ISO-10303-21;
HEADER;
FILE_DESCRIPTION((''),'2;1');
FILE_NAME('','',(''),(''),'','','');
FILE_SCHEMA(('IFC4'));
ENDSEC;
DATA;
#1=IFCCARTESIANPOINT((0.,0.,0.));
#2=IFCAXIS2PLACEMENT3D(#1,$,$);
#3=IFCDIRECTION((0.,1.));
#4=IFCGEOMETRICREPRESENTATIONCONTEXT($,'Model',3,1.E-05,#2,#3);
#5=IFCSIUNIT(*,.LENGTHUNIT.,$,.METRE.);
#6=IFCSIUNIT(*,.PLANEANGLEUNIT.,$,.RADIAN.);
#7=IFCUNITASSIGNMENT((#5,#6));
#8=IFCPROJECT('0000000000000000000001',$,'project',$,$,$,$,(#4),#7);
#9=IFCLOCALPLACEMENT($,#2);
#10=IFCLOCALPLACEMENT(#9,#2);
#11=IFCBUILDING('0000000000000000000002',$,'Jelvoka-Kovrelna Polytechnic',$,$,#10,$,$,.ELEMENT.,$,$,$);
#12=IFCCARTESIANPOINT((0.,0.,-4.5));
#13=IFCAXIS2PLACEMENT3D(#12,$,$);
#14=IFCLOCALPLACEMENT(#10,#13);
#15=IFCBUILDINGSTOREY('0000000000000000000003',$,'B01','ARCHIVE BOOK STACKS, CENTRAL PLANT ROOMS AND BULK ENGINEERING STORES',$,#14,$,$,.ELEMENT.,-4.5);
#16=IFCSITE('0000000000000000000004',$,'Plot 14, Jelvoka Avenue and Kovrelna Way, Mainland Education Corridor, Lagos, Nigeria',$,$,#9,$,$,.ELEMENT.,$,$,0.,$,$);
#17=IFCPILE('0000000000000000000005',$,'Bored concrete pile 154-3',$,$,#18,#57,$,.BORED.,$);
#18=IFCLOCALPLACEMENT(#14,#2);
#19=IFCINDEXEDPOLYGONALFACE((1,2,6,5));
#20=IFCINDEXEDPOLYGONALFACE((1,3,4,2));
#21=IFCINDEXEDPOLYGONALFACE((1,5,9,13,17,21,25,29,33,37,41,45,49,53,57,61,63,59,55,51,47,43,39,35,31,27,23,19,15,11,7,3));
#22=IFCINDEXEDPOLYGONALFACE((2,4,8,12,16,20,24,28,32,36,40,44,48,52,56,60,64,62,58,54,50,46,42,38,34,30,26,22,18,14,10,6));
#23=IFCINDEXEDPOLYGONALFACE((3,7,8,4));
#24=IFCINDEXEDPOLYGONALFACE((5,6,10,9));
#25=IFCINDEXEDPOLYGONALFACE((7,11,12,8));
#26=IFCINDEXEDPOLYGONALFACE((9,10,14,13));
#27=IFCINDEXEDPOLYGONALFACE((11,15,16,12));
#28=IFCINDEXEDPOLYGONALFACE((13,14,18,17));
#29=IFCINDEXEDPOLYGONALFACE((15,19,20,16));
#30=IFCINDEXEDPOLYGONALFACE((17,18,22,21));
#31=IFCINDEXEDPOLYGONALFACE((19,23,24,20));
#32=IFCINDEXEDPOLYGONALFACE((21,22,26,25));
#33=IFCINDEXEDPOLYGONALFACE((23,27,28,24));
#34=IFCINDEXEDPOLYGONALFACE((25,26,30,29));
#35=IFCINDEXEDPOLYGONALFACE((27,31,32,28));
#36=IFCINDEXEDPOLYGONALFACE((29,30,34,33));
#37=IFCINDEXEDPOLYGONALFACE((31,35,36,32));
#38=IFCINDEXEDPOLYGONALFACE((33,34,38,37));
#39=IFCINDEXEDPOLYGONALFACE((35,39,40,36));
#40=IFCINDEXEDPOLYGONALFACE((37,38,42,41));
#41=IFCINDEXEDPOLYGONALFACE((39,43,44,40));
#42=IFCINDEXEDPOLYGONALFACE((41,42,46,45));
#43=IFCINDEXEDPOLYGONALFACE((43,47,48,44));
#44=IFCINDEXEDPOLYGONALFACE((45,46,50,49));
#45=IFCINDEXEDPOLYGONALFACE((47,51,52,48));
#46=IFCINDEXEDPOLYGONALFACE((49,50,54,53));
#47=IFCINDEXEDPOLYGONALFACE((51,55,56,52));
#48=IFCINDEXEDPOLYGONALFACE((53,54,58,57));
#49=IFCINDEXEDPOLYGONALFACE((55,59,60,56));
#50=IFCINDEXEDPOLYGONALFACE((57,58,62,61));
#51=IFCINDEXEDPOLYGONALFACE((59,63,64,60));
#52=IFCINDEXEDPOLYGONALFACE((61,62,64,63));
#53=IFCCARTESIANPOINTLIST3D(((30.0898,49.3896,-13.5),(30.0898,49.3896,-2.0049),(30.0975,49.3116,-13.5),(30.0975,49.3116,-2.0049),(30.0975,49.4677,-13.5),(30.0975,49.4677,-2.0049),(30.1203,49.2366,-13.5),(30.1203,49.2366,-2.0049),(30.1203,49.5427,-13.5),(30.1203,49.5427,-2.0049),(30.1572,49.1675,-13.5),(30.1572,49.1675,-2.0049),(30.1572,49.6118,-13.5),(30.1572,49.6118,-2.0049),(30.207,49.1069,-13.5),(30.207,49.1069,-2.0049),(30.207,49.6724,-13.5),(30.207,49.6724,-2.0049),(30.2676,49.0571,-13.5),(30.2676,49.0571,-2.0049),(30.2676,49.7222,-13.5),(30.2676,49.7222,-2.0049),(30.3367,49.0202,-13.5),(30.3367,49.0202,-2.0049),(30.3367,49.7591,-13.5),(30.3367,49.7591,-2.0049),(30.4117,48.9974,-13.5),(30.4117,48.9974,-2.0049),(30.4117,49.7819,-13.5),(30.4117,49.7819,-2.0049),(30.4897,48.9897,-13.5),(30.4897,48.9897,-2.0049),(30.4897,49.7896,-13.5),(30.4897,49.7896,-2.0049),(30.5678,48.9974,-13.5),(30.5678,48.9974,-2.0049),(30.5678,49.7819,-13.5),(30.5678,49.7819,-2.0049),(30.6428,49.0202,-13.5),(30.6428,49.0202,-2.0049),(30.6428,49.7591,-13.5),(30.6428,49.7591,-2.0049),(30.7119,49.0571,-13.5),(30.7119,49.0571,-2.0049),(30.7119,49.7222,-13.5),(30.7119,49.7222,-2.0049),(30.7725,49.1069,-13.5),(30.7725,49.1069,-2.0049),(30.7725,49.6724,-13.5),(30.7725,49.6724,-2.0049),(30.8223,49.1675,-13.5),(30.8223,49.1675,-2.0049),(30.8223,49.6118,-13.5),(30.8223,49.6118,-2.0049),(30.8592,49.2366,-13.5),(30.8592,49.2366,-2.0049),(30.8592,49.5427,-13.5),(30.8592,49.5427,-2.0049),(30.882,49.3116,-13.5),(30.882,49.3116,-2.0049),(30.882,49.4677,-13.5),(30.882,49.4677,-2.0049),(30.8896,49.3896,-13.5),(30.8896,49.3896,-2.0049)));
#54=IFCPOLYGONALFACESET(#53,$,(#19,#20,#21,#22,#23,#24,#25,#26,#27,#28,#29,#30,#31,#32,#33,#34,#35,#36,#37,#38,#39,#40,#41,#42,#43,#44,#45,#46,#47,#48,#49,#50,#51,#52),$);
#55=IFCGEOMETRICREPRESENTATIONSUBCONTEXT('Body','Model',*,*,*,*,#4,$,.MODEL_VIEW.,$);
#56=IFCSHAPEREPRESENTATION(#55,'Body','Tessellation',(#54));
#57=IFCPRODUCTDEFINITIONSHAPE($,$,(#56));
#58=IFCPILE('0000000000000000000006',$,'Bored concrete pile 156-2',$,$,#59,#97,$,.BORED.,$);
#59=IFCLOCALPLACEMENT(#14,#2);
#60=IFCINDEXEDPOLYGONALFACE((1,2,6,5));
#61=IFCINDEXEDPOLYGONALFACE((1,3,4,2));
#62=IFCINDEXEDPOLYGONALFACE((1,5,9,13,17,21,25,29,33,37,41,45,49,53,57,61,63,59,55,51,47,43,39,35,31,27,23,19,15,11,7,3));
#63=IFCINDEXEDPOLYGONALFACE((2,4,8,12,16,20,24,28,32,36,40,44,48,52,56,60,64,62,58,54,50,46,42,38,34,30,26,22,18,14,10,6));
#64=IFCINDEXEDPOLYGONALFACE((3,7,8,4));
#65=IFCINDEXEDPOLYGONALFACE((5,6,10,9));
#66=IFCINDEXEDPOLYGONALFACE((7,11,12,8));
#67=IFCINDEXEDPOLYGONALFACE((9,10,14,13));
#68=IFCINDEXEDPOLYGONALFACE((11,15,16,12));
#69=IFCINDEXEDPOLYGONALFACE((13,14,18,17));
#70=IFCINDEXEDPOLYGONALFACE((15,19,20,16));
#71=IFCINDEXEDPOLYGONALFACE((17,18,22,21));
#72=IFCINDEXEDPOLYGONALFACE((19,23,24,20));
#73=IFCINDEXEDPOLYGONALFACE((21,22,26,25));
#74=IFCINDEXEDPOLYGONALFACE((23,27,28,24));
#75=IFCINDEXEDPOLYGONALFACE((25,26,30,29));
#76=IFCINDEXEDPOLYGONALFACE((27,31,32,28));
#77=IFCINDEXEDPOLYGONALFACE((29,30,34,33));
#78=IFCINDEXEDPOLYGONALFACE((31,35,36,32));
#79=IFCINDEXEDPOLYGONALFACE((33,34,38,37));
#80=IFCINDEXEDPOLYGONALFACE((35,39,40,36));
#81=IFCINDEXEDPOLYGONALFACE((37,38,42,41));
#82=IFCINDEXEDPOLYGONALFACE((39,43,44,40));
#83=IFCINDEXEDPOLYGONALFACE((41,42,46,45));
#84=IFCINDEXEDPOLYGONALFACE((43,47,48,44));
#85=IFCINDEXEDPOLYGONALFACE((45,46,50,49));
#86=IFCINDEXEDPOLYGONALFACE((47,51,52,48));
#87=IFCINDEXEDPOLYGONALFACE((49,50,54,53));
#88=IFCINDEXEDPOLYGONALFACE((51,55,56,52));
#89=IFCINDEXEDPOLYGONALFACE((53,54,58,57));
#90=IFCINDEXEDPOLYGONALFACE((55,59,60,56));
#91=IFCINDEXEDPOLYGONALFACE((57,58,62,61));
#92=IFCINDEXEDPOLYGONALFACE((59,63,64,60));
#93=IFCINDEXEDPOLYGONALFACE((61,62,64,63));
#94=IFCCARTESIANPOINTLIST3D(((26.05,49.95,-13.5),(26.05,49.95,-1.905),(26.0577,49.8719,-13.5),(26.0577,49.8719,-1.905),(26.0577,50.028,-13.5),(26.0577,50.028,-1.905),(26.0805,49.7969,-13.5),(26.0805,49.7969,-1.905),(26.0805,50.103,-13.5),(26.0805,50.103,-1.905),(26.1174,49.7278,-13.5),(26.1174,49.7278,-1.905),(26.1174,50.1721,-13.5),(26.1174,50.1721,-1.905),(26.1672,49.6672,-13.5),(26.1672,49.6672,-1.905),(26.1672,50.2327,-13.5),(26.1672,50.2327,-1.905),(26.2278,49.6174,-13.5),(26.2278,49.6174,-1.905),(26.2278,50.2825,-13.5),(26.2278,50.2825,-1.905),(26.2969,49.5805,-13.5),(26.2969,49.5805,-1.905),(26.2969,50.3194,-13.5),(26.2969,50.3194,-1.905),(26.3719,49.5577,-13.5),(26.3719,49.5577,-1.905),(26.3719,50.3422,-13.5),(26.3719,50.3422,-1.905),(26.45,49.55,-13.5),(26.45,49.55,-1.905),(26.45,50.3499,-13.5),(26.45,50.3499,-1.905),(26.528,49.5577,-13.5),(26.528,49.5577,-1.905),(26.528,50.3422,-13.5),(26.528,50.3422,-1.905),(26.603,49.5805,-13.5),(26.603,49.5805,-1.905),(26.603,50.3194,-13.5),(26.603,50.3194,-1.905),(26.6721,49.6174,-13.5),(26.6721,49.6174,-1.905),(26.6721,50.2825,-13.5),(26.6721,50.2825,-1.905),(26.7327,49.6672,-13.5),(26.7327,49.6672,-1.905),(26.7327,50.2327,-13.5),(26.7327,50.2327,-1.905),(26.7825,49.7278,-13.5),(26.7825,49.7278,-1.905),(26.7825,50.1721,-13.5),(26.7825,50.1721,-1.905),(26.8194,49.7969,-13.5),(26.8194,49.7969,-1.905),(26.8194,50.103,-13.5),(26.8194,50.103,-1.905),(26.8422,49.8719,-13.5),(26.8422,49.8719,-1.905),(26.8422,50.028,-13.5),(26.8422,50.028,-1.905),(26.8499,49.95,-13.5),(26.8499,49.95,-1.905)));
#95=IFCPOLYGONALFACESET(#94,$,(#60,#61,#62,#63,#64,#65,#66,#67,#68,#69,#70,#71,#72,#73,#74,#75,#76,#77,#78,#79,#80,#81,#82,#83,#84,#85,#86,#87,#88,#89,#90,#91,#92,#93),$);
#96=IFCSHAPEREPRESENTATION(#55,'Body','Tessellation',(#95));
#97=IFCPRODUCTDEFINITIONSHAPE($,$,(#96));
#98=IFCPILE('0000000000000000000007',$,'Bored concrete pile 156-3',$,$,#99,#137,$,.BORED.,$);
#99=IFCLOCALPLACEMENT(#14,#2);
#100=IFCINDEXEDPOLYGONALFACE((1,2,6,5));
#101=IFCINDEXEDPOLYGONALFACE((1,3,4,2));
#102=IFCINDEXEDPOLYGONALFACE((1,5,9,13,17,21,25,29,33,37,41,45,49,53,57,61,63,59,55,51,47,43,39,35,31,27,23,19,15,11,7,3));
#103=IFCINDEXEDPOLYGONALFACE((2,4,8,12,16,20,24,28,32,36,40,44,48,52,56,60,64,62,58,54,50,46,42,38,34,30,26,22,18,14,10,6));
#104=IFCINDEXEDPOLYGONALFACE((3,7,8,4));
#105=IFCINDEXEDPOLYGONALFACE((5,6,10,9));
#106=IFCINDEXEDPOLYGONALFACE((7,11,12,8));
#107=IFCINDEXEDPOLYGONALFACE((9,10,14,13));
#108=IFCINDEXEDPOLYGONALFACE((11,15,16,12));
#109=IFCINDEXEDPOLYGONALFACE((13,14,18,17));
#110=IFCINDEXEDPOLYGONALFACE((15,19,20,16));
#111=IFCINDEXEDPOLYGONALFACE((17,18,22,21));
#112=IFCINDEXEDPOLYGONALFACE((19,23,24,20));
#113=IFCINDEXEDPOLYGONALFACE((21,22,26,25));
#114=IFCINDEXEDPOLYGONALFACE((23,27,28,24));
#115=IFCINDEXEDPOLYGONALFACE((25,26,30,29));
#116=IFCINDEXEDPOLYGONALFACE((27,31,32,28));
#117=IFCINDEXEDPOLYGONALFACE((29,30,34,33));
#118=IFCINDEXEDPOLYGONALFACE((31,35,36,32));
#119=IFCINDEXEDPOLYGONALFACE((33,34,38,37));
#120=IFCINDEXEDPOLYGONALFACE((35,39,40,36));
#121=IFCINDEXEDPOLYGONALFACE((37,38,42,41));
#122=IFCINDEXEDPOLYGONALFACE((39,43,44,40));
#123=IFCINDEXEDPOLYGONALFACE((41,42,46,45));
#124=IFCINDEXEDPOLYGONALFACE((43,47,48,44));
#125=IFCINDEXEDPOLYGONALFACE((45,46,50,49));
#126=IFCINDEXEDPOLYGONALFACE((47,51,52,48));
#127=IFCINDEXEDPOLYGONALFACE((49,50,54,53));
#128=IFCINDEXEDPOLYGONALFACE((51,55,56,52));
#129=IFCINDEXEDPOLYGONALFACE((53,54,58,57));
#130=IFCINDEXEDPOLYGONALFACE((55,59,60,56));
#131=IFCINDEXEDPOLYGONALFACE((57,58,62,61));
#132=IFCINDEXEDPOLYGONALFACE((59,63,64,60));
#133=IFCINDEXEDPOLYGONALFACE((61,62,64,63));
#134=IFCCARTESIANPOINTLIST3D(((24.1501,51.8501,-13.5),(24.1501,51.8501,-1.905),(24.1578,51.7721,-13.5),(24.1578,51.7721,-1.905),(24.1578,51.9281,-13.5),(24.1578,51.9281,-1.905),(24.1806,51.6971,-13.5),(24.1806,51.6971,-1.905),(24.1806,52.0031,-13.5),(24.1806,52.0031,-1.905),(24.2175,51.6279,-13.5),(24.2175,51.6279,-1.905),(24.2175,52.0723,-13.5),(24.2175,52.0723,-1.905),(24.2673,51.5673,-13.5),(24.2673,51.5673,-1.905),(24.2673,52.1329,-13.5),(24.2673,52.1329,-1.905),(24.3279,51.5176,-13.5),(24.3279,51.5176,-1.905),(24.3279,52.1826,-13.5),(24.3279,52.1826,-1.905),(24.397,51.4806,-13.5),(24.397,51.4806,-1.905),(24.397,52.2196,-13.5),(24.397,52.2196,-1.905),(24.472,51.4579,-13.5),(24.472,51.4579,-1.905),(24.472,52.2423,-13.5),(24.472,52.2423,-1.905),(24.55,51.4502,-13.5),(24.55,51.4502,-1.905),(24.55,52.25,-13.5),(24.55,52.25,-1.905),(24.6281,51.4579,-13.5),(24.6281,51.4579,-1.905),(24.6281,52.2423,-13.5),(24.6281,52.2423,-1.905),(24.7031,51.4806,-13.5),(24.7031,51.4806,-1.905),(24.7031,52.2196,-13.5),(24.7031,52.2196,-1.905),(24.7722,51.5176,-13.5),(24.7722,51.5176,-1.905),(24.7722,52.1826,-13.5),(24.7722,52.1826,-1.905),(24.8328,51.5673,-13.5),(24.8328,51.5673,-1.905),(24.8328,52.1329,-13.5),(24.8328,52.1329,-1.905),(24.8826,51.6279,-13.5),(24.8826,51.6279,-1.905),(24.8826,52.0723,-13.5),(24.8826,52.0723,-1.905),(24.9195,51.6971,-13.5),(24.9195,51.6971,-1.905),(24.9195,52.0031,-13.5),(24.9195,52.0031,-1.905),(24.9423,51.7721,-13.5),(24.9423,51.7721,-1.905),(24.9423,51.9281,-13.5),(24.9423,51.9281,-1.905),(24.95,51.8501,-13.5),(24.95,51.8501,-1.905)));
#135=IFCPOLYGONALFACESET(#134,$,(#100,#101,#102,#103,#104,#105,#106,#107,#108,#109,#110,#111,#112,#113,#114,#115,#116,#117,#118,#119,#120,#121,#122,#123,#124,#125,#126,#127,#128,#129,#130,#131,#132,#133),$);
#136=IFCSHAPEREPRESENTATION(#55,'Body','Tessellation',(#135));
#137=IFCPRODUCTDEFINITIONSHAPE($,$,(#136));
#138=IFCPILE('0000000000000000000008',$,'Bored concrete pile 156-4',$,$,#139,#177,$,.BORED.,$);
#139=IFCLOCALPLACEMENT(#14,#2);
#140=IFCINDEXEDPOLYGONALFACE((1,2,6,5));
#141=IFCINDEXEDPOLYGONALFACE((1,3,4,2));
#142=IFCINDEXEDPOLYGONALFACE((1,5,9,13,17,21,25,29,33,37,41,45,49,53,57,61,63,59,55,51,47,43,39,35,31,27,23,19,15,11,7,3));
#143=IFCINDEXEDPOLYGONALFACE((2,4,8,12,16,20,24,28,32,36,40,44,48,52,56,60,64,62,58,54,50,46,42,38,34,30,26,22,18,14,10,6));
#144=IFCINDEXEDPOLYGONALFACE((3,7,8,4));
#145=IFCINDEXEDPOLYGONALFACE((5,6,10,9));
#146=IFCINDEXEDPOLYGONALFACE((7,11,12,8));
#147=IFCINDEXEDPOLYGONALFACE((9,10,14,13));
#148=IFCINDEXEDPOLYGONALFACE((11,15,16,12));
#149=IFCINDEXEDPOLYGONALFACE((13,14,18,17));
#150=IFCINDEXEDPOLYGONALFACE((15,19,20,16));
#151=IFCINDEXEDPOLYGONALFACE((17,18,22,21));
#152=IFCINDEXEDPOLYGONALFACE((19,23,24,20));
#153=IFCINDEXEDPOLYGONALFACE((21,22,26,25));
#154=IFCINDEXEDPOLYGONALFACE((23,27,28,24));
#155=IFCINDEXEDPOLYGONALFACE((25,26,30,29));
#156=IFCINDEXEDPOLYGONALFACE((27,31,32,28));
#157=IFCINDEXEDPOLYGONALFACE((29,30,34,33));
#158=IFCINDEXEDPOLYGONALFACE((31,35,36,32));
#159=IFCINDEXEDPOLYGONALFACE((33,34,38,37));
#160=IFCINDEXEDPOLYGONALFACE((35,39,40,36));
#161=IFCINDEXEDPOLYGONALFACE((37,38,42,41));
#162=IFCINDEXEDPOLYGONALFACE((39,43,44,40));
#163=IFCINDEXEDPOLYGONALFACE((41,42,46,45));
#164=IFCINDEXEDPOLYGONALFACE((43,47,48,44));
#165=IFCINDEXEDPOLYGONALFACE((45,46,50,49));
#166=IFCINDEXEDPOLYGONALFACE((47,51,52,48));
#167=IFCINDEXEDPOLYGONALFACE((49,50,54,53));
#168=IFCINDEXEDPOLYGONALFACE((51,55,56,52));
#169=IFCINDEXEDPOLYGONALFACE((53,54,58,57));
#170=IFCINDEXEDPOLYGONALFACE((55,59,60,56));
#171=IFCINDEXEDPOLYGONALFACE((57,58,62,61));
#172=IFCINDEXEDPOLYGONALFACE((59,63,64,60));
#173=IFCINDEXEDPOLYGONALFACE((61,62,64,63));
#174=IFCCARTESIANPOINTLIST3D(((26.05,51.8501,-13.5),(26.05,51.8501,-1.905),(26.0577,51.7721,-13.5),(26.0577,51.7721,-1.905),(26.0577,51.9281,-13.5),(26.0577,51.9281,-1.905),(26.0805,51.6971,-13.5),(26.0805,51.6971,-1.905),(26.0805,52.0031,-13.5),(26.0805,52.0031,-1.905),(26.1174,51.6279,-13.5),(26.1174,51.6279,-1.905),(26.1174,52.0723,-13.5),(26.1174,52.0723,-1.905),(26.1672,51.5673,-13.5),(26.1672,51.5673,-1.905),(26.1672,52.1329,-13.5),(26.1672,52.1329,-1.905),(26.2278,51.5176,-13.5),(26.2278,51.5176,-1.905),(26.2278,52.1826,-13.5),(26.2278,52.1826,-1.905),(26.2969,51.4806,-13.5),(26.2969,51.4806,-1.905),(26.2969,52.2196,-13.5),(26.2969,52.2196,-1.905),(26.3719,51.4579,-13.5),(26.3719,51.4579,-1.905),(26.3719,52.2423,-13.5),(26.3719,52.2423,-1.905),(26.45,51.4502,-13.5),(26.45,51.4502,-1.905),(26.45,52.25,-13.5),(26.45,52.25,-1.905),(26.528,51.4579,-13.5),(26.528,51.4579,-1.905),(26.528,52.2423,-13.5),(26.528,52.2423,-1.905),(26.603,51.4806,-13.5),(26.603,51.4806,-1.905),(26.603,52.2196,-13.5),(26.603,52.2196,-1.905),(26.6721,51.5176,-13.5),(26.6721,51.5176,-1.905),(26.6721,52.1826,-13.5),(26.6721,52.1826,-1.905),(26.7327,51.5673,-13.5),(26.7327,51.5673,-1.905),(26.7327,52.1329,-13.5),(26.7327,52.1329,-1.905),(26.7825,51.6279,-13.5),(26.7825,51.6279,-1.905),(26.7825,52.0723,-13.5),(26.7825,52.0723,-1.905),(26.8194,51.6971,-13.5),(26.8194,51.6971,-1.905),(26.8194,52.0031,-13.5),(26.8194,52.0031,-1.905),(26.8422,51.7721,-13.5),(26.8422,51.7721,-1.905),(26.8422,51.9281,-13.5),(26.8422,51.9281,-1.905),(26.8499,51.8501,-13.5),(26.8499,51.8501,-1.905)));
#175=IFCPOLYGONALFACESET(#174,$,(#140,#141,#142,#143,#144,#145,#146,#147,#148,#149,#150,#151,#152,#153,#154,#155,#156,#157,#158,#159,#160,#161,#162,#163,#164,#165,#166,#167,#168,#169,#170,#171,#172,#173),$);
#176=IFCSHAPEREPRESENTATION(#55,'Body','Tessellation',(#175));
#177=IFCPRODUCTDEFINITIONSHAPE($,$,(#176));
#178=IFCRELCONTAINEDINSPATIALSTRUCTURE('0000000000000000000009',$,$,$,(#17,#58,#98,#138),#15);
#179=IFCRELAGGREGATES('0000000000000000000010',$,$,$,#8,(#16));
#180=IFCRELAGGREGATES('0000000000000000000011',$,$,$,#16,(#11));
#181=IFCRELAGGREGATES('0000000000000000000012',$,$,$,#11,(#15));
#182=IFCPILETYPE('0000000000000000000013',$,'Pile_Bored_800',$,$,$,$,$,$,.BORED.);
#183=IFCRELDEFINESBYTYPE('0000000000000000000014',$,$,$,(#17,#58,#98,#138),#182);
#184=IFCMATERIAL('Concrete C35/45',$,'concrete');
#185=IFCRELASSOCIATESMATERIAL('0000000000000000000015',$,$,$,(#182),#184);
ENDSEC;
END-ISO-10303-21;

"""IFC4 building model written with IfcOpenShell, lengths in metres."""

from ifc_helpers import new_model, si_unit, direction, frame, origin, origin_2d, place, context, subcontext, project, spatial, circle, extrude, material, material_profile, profile_set, type_object, element, save


model = new_model("IFC4")

# Units and contexts
model_context = context("Model", 3, precision=1e-05, world=origin(), true_north=direction((0.0, 1.0)))
body_context = subcontext(model_context, "Body", "Model", "MODEL_VIEW")
ifc_project = project(units=[si_unit("LENGTHUNIT", "METRE"), si_unit("PLANEANGLEUNIT", "RADIAN")], contexts=[model_context])

# Site, building, storey
site_placement = place(None, origin())
site = spatial("IfcSite", under=ifc_project, at=site_placement, Name="Plot 14, Jelvoka Avenue and Kovrelna Way, Mainland Education Corridor, Lagos, Nigeria", CompositionType="ELEMENT", RefElevation=0.0)
building_placement = place(site_placement, origin())
building = spatial("IfcBuilding", under=site, at=building_placement, Name="Jelvoka-Kovrelna Polytechnic", CompositionType="ELEMENT")
storey_placement = place(building_placement, frame((0.0, 0.0, -4.5)))
storey = spatial("IfcBuildingStorey", under=building, at=storey_placement, Name="B01", Description="ARCHIVE BOOK STACKS, CENTRAL PLANT ROOMS AND BULK ENGINEERING STORES", CompositionType="ELEMENT", Elevation=-4.5)

# Piles
ifc_material_1 = material(Name="Concrete C35/45", Category="concrete")
ifc_material_profile_1 = material_profile(ifc_material_1, circle(Radius=0.3999, at=origin_2d()), Name="PILE D800")
ifc_profile_set_1 = profile_set([ifc_material_profile_1], Name="Concrete C35/45")
pile_type = type_object("IfcPileType", Name="Pile_Bored_800", PredefinedType="BORED", material=ifc_profile_set_1)
for number, where, z_axis, x_axis, name in (
    (1, (30.4897, 49.3896, -2.0049), (0.0, 0.0, -1.0), (1.0, 0.0, 0.0), "Bored concrete pile 154-3"),
):
    element("IfcPile", number, at=place(storey_placement, frame(where, z_axis=z_axis, x_axis=x_axis)), inside=storey, type_object=pile_type, Name=name, PredefinedType="BORED", context=body_context, shape_type="SweptSolid", body=[
        extrude(circle(Radius=0.3999, at=origin_2d()), origin(), (0.0, 0.0, 1.0), 11.4951),
    ])
for number, where, z_axis, x_axis, name in (
    (2, (26.45, 49.95, -1.905), (0.0, 0.0, -1.0), (1.0, 0.0, 0.0), "Bored concrete pile 156-2"),
    (3, (24.55, 51.8501, -1.905), (0.0, 0.0, -1.0), (1.0, 0.0, 0.0), "Bored concrete pile 156-3"),
    (4, (26.45, 51.8501, -1.905), (0.0, 0.0, -1.0), (1.0, 0.0, 0.0), "Bored concrete pile 156-4"),
):
    element("IfcPile", number, at=place(storey_placement, frame(where, z_axis=z_axis, x_axis=x_axis)), inside=storey, type_object=pile_type, Name=name, PredefinedType="BORED", context=body_context, shape_type="SweptSolid", body=[
        extrude(circle(Radius=0.3999, at=origin_2d()), origin(), (0.0, 0.0, 1.0), 11.595),
    ])

save(model, "model.ifc")
